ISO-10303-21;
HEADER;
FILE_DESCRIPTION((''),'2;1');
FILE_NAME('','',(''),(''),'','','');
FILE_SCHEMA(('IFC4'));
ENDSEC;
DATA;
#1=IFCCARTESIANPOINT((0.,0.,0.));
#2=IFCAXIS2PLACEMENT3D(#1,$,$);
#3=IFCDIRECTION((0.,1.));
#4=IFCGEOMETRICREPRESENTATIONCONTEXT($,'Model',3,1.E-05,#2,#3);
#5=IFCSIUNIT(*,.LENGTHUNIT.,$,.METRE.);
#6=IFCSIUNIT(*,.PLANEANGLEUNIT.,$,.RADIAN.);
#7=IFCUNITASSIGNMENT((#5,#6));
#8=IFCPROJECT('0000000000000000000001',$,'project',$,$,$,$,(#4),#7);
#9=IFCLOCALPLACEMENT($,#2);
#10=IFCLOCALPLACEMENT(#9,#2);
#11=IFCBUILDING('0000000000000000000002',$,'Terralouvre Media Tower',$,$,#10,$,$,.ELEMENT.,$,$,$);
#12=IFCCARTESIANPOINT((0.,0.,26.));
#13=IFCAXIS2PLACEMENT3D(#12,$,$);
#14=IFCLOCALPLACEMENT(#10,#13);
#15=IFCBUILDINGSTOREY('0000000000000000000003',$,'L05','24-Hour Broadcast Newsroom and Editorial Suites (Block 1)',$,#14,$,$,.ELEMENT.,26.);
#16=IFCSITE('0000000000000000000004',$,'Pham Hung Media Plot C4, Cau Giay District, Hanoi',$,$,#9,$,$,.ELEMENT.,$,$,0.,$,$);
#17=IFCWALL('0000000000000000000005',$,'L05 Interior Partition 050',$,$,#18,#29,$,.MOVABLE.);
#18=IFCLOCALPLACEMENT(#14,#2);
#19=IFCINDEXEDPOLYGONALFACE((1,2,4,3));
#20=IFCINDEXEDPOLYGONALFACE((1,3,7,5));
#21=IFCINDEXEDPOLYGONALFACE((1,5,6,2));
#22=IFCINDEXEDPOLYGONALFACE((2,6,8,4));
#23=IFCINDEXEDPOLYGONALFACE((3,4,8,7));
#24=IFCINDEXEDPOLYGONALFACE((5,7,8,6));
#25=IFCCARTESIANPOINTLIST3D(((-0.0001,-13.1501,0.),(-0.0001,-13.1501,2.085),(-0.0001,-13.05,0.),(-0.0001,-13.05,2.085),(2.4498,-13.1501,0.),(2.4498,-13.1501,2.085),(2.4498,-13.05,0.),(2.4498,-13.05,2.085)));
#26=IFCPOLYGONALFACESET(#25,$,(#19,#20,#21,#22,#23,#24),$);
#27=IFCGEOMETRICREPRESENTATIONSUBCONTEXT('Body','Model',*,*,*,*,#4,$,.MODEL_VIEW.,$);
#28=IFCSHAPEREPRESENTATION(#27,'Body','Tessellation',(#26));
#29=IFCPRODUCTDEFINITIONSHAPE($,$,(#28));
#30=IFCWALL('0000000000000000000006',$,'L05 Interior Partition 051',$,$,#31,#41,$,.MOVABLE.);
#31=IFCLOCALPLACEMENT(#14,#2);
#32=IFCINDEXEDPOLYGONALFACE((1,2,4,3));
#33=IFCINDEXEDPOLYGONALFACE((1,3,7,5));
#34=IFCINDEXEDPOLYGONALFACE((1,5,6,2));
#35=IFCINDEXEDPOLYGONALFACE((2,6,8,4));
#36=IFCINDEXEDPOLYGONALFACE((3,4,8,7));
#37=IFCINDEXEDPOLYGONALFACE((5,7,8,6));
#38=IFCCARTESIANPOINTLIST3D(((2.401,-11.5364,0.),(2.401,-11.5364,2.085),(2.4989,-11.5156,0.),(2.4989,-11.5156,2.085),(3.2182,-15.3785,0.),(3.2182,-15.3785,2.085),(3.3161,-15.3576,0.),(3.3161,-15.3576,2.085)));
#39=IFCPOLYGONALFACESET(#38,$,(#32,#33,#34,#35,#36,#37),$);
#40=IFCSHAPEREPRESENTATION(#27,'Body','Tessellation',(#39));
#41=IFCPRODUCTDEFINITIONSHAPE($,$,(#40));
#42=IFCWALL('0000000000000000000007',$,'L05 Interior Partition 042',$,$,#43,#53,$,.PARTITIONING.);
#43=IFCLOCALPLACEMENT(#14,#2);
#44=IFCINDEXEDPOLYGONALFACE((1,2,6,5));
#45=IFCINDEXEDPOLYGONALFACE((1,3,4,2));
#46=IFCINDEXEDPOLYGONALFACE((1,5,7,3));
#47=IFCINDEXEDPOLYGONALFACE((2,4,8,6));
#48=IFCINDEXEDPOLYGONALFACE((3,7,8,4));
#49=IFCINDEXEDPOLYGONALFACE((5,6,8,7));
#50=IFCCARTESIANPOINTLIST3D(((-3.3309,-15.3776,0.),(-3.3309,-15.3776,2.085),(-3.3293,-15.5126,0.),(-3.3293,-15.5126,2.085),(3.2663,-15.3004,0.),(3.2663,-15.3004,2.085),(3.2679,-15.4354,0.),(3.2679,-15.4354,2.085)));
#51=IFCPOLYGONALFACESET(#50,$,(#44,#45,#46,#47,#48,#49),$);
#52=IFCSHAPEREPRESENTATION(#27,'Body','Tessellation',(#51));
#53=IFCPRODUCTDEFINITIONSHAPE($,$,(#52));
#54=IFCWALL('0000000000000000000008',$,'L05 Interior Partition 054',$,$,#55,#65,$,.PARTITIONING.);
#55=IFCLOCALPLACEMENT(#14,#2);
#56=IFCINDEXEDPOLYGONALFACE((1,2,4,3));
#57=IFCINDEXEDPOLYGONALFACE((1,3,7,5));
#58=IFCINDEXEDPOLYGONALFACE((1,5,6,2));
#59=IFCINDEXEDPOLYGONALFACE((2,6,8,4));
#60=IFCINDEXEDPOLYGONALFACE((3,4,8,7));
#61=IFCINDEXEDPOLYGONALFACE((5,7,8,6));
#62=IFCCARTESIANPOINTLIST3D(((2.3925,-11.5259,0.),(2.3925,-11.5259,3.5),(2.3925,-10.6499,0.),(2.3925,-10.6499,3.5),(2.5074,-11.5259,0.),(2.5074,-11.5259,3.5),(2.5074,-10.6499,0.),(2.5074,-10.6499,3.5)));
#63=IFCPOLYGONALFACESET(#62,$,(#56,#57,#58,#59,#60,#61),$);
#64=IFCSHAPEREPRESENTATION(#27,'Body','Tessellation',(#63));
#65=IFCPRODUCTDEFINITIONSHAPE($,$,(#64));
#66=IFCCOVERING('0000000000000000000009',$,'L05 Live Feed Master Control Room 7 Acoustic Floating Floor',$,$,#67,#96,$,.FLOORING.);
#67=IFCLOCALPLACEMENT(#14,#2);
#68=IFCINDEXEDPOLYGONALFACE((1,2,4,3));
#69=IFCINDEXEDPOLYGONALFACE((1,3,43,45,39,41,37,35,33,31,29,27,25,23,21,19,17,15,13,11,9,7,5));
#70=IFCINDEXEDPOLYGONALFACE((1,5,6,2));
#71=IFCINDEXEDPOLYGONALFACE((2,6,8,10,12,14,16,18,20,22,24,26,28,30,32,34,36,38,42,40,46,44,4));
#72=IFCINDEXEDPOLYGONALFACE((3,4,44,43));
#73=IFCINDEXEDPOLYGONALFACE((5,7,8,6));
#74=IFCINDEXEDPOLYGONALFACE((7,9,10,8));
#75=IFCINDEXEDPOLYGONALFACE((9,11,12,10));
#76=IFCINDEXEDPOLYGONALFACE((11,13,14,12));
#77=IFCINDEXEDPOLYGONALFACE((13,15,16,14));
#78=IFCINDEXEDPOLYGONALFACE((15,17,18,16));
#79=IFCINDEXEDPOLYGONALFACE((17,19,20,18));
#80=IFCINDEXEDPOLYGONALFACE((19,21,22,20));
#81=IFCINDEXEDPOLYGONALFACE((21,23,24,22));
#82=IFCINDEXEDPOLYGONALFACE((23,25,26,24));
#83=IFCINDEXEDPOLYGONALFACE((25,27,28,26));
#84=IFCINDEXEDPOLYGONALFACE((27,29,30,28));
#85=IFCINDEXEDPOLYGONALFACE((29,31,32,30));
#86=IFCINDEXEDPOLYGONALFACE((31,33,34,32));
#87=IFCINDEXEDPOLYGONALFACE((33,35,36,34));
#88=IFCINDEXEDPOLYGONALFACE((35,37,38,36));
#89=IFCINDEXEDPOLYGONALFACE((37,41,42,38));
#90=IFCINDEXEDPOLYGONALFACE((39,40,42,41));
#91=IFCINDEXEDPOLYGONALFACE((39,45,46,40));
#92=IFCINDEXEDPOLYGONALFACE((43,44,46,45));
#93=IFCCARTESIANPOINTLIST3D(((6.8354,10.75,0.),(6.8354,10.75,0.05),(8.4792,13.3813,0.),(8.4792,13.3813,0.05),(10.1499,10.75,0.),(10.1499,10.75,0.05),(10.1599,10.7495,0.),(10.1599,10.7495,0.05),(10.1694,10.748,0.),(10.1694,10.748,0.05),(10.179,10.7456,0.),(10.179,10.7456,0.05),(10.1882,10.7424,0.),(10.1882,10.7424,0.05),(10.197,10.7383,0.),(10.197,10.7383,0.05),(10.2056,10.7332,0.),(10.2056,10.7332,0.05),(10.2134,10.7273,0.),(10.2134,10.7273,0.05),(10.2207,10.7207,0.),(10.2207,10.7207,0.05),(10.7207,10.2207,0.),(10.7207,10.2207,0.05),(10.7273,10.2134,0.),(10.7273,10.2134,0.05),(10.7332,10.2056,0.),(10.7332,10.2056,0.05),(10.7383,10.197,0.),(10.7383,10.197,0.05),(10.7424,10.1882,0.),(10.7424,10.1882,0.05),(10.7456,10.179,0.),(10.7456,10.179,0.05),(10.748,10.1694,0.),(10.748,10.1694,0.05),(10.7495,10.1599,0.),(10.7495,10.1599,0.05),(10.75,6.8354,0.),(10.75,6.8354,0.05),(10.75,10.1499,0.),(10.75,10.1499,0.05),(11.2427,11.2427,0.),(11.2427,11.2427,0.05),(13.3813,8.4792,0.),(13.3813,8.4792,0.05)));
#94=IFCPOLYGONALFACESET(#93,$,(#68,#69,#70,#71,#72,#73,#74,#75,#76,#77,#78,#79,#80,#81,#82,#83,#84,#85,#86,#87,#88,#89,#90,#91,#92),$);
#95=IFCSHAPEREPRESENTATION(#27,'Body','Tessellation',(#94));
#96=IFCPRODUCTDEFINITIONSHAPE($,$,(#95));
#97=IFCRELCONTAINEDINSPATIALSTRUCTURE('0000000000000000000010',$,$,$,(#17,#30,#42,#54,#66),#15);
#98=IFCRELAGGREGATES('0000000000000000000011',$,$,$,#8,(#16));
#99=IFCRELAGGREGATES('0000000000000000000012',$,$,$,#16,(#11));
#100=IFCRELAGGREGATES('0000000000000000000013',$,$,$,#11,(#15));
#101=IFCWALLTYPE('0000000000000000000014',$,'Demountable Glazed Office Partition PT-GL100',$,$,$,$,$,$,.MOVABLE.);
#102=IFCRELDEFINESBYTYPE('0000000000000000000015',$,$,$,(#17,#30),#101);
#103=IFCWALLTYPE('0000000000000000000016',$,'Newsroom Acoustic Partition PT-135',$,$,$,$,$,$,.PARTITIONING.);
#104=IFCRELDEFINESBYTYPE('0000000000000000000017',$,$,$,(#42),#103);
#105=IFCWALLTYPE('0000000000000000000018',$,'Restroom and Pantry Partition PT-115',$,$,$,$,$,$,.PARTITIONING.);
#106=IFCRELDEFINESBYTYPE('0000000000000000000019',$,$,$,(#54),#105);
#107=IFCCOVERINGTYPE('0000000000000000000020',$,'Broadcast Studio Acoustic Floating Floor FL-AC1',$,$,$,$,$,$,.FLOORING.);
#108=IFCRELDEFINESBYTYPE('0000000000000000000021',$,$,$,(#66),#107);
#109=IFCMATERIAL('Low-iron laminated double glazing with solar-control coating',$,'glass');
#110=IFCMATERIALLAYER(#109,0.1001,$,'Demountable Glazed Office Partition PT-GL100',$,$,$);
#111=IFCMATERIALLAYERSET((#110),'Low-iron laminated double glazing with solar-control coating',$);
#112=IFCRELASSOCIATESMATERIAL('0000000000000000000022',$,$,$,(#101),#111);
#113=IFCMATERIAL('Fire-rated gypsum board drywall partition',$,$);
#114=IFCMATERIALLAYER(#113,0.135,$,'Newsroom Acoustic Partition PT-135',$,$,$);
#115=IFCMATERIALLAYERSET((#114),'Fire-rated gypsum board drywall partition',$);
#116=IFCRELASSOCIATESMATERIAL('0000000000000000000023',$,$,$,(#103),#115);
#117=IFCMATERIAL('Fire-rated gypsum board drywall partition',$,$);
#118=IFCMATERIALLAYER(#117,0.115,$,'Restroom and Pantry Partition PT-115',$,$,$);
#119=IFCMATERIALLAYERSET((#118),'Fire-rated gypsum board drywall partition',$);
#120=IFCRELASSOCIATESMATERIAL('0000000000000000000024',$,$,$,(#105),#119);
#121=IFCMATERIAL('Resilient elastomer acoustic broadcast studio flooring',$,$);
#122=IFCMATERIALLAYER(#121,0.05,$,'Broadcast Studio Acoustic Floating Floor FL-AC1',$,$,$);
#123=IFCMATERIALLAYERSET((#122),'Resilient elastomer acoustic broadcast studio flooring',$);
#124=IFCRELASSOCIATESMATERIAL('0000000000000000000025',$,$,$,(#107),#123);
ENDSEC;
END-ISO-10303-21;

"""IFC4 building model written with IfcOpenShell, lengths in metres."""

from ifc_helpers import new_model, si_unit, direction, frame, frame_2d, origin, place, context, subcontext, project, spatial, polyline, rectangle, outline, extrude, material, layer, layer_set, type_object, element, save


model = new_model("IFC4")

# Units and contexts
model_context = context("Model", 3, precision=1e-05, world=origin(), true_north=direction((0.0, 1.0)))
body_context = subcontext(model_context, "Body", "Model", "MODEL_VIEW")
ifc_project = project(units=[si_unit("LENGTHUNIT", "METRE"), si_unit("PLANEANGLEUNIT", "RADIAN")], contexts=[model_context])

# Site, building, storey
site_placement = place(None, origin())
site = spatial("IfcSite", under=ifc_project, at=site_placement, Name="Pham Hung Media Plot C4, Cau Giay District, Hanoi", CompositionType="ELEMENT", RefElevation=0.0)
building_placement = place(site_placement, origin())
building = spatial("IfcBuilding", under=site, at=building_placement, Name="Terralouvre Media Tower", CompositionType="ELEMENT")
storey_placement = place(building_placement, frame((0.0, 0.0, 26.0)))
storey = spatial("IfcBuildingStorey", under=building, at=storey_placement, Name="L05", Description="24-Hour Broadcast Newsroom and Editorial Suites (Block 1)", CompositionType="ELEMENT", Elevation=26.0)

# Walls
ifc_material_1 = material(Name="Low-iron laminated double glazing with solar-control coating", Category="glass")
ifc_layer_1 = layer(ifc_material_1, 0.1001, Name="Demountable Glazed Office Partition PT-GL100")
ifc_layer_set_1 = layer_set([ifc_layer_1], Name="Low-iron laminated double glazing with solar-control coating")
wall_type_1 = type_object("IfcWallType", Name="Demountable Glazed Office Partition PT-GL100", PredefinedType="MOVABLE", material=ifc_layer_set_1)
wall_1_placement = place(storey_placement, frame((2.45, -13.1001, 0.0), z_axis=(0.0, 0.0, 1.0), x_axis=(-1.0, 0.0, 0.0)))
element("IfcWall", 1, at=wall_1_placement, inside=storey, type_object=wall_type_1, Name="L05 Interior Partition 050", PredefinedType="MOVABLE", context=body_context, shape_type="SweptSolid", body=[
    extrude(rectangle(XDim=2.45, YDim=0.1001, at=frame_2d((1.2251, 0.0))), origin(), (0.0, 0.0, 1.0), 2.085),
])
wall_2_placement = place(storey_placement, frame((3.2671, -15.3679, 0.0), z_axis=(0.0, 0.0, 1.0), x_axis=(-0.20803, 0.978122, 0.0)))
element("IfcWall", 2, at=wall_2_placement, inside=storey, type_object=wall_type_1, Name="L05 Interior Partition 051", PredefinedType="MOVABLE", context=body_context, shape_type="SweptSolid", body=[
    extrude(rectangle(XDim=3.928, YDim=0.1001, at=frame_2d((1.9639, 0.0))), origin(), (0.0, 0.0, 1.0), 2.085),
])
ifc_material_2 = material(Name="Fire-rated gypsum board drywall partition")
ifc_layer_2 = layer(ifc_material_2, 0.135, Name="Newsroom Acoustic Partition PT-135")
ifc_layer_set_2 = layer_set([ifc_layer_2], Name="Fire-rated gypsum board drywall partition")
wall_type_2 = type_object("IfcWallType", Name="Newsroom Acoustic Partition PT-135", PredefinedType="PARTITIONING", material=ifc_layer_set_2)
wall_3_placement = place(storey_placement, frame((3.2671, -15.3679, 0.0), z_axis=(0.0, 0.0, 1.0), x_axis=(-0.999932, -0.011693, 0.0)))
element("IfcWall", 3, at=wall_3_placement, inside=storey, type_object=wall_type_2, Name="L05 Interior Partition 042", PredefinedType="PARTITIONING", context=body_context, shape_type="SweptSolid", body=[
    extrude(rectangle(XDim=6.5977, YDim=0.135, at=frame_2d((3.2988, 0.0))), origin(), (0.0, 0.0, 1.0), 2.085),
])
ifc_material_3 = material(Name="Fire-rated gypsum board drywall partition")
ifc_layer_3 = layer(ifc_material_3, 0.115, Name="Restroom and Pantry Partition PT-115")
ifc_layer_set_3 = layer_set([ifc_layer_3], Name="Fire-rated gypsum board drywall partition")
wall_type_3 = type_object("IfcWallType", Name="Restroom and Pantry Partition PT-115", PredefinedType="PARTITIONING", material=ifc_layer_set_3)
wall_4_placement = place(storey_placement, frame((2.45, -11.5259, 0.0), z_axis=(0.0, 0.0, 1.0), x_axis=(0.0, 1.0, 0.0)))
element("IfcWall", 4, at=wall_4_placement, inside=storey, type_object=wall_type_3, Name="L05 Interior Partition 054", PredefinedType="PARTITIONING", context=body_context, shape_type="SweptSolid", body=[
    extrude(rectangle(XDim=0.876, YDim=0.115, at=frame_2d((0.438, 0.0))), origin(), (0.0, 0.0, 1.0), 3.5),
])

# Covering
ifc_material_4 = material(Name="Resilient elastomer acoustic broadcast studio flooring")
ifc_layer_4 = layer(ifc_material_4, 0.05, Name="Broadcast Studio Acoustic Floating Floor FL-AC1")
ifc_layer_set_4 = layer_set([ifc_layer_4], Name="Resilient elastomer acoustic broadcast studio flooring")
covering_type = type_object("IfcCoveringType", Name="Broadcast Studio Acoustic Floating Floor FL-AC1", PredefinedType="FLOORING", material=ifc_layer_set_4)
covering_placement = place(storey_placement, origin())
element("IfcCovering", 5, at=covering_placement, inside=storey, type_object=covering_type, Name="L05 Live Feed Master Control Room 7 Acoustic Floating Floor", PredefinedType="FLOORING", context=body_context, shape_type="SweptSolid", body=[
    extrude(outline(polyline([(11.2427, 11.2427), (8.4792, 13.3813), (6.8354, 10.75), (10.1499, 10.75), (10.1599, 10.7495), (10.1694, 10.748), (10.179, 10.7456), (10.1882, 10.7424), (10.197, 10.7383), (10.2056, 10.7332), (10.2134, 10.7273), (10.2207, 10.7207), (10.7207, 10.2207), (10.7273, 10.2134), (10.7332, 10.2056), (10.7383, 10.197), (10.7424, 10.1882), (10.7456, 10.179), (10.748, 10.1694), (10.7495, 10.1599), (10.75, 10.1499), (10.75, 6.8354), (13.3813, 8.4792), (11.2427, 11.2427)])), origin(), (0.0, 0.0, 1.0), 0.05),
])

save(model, "model.ifc")
